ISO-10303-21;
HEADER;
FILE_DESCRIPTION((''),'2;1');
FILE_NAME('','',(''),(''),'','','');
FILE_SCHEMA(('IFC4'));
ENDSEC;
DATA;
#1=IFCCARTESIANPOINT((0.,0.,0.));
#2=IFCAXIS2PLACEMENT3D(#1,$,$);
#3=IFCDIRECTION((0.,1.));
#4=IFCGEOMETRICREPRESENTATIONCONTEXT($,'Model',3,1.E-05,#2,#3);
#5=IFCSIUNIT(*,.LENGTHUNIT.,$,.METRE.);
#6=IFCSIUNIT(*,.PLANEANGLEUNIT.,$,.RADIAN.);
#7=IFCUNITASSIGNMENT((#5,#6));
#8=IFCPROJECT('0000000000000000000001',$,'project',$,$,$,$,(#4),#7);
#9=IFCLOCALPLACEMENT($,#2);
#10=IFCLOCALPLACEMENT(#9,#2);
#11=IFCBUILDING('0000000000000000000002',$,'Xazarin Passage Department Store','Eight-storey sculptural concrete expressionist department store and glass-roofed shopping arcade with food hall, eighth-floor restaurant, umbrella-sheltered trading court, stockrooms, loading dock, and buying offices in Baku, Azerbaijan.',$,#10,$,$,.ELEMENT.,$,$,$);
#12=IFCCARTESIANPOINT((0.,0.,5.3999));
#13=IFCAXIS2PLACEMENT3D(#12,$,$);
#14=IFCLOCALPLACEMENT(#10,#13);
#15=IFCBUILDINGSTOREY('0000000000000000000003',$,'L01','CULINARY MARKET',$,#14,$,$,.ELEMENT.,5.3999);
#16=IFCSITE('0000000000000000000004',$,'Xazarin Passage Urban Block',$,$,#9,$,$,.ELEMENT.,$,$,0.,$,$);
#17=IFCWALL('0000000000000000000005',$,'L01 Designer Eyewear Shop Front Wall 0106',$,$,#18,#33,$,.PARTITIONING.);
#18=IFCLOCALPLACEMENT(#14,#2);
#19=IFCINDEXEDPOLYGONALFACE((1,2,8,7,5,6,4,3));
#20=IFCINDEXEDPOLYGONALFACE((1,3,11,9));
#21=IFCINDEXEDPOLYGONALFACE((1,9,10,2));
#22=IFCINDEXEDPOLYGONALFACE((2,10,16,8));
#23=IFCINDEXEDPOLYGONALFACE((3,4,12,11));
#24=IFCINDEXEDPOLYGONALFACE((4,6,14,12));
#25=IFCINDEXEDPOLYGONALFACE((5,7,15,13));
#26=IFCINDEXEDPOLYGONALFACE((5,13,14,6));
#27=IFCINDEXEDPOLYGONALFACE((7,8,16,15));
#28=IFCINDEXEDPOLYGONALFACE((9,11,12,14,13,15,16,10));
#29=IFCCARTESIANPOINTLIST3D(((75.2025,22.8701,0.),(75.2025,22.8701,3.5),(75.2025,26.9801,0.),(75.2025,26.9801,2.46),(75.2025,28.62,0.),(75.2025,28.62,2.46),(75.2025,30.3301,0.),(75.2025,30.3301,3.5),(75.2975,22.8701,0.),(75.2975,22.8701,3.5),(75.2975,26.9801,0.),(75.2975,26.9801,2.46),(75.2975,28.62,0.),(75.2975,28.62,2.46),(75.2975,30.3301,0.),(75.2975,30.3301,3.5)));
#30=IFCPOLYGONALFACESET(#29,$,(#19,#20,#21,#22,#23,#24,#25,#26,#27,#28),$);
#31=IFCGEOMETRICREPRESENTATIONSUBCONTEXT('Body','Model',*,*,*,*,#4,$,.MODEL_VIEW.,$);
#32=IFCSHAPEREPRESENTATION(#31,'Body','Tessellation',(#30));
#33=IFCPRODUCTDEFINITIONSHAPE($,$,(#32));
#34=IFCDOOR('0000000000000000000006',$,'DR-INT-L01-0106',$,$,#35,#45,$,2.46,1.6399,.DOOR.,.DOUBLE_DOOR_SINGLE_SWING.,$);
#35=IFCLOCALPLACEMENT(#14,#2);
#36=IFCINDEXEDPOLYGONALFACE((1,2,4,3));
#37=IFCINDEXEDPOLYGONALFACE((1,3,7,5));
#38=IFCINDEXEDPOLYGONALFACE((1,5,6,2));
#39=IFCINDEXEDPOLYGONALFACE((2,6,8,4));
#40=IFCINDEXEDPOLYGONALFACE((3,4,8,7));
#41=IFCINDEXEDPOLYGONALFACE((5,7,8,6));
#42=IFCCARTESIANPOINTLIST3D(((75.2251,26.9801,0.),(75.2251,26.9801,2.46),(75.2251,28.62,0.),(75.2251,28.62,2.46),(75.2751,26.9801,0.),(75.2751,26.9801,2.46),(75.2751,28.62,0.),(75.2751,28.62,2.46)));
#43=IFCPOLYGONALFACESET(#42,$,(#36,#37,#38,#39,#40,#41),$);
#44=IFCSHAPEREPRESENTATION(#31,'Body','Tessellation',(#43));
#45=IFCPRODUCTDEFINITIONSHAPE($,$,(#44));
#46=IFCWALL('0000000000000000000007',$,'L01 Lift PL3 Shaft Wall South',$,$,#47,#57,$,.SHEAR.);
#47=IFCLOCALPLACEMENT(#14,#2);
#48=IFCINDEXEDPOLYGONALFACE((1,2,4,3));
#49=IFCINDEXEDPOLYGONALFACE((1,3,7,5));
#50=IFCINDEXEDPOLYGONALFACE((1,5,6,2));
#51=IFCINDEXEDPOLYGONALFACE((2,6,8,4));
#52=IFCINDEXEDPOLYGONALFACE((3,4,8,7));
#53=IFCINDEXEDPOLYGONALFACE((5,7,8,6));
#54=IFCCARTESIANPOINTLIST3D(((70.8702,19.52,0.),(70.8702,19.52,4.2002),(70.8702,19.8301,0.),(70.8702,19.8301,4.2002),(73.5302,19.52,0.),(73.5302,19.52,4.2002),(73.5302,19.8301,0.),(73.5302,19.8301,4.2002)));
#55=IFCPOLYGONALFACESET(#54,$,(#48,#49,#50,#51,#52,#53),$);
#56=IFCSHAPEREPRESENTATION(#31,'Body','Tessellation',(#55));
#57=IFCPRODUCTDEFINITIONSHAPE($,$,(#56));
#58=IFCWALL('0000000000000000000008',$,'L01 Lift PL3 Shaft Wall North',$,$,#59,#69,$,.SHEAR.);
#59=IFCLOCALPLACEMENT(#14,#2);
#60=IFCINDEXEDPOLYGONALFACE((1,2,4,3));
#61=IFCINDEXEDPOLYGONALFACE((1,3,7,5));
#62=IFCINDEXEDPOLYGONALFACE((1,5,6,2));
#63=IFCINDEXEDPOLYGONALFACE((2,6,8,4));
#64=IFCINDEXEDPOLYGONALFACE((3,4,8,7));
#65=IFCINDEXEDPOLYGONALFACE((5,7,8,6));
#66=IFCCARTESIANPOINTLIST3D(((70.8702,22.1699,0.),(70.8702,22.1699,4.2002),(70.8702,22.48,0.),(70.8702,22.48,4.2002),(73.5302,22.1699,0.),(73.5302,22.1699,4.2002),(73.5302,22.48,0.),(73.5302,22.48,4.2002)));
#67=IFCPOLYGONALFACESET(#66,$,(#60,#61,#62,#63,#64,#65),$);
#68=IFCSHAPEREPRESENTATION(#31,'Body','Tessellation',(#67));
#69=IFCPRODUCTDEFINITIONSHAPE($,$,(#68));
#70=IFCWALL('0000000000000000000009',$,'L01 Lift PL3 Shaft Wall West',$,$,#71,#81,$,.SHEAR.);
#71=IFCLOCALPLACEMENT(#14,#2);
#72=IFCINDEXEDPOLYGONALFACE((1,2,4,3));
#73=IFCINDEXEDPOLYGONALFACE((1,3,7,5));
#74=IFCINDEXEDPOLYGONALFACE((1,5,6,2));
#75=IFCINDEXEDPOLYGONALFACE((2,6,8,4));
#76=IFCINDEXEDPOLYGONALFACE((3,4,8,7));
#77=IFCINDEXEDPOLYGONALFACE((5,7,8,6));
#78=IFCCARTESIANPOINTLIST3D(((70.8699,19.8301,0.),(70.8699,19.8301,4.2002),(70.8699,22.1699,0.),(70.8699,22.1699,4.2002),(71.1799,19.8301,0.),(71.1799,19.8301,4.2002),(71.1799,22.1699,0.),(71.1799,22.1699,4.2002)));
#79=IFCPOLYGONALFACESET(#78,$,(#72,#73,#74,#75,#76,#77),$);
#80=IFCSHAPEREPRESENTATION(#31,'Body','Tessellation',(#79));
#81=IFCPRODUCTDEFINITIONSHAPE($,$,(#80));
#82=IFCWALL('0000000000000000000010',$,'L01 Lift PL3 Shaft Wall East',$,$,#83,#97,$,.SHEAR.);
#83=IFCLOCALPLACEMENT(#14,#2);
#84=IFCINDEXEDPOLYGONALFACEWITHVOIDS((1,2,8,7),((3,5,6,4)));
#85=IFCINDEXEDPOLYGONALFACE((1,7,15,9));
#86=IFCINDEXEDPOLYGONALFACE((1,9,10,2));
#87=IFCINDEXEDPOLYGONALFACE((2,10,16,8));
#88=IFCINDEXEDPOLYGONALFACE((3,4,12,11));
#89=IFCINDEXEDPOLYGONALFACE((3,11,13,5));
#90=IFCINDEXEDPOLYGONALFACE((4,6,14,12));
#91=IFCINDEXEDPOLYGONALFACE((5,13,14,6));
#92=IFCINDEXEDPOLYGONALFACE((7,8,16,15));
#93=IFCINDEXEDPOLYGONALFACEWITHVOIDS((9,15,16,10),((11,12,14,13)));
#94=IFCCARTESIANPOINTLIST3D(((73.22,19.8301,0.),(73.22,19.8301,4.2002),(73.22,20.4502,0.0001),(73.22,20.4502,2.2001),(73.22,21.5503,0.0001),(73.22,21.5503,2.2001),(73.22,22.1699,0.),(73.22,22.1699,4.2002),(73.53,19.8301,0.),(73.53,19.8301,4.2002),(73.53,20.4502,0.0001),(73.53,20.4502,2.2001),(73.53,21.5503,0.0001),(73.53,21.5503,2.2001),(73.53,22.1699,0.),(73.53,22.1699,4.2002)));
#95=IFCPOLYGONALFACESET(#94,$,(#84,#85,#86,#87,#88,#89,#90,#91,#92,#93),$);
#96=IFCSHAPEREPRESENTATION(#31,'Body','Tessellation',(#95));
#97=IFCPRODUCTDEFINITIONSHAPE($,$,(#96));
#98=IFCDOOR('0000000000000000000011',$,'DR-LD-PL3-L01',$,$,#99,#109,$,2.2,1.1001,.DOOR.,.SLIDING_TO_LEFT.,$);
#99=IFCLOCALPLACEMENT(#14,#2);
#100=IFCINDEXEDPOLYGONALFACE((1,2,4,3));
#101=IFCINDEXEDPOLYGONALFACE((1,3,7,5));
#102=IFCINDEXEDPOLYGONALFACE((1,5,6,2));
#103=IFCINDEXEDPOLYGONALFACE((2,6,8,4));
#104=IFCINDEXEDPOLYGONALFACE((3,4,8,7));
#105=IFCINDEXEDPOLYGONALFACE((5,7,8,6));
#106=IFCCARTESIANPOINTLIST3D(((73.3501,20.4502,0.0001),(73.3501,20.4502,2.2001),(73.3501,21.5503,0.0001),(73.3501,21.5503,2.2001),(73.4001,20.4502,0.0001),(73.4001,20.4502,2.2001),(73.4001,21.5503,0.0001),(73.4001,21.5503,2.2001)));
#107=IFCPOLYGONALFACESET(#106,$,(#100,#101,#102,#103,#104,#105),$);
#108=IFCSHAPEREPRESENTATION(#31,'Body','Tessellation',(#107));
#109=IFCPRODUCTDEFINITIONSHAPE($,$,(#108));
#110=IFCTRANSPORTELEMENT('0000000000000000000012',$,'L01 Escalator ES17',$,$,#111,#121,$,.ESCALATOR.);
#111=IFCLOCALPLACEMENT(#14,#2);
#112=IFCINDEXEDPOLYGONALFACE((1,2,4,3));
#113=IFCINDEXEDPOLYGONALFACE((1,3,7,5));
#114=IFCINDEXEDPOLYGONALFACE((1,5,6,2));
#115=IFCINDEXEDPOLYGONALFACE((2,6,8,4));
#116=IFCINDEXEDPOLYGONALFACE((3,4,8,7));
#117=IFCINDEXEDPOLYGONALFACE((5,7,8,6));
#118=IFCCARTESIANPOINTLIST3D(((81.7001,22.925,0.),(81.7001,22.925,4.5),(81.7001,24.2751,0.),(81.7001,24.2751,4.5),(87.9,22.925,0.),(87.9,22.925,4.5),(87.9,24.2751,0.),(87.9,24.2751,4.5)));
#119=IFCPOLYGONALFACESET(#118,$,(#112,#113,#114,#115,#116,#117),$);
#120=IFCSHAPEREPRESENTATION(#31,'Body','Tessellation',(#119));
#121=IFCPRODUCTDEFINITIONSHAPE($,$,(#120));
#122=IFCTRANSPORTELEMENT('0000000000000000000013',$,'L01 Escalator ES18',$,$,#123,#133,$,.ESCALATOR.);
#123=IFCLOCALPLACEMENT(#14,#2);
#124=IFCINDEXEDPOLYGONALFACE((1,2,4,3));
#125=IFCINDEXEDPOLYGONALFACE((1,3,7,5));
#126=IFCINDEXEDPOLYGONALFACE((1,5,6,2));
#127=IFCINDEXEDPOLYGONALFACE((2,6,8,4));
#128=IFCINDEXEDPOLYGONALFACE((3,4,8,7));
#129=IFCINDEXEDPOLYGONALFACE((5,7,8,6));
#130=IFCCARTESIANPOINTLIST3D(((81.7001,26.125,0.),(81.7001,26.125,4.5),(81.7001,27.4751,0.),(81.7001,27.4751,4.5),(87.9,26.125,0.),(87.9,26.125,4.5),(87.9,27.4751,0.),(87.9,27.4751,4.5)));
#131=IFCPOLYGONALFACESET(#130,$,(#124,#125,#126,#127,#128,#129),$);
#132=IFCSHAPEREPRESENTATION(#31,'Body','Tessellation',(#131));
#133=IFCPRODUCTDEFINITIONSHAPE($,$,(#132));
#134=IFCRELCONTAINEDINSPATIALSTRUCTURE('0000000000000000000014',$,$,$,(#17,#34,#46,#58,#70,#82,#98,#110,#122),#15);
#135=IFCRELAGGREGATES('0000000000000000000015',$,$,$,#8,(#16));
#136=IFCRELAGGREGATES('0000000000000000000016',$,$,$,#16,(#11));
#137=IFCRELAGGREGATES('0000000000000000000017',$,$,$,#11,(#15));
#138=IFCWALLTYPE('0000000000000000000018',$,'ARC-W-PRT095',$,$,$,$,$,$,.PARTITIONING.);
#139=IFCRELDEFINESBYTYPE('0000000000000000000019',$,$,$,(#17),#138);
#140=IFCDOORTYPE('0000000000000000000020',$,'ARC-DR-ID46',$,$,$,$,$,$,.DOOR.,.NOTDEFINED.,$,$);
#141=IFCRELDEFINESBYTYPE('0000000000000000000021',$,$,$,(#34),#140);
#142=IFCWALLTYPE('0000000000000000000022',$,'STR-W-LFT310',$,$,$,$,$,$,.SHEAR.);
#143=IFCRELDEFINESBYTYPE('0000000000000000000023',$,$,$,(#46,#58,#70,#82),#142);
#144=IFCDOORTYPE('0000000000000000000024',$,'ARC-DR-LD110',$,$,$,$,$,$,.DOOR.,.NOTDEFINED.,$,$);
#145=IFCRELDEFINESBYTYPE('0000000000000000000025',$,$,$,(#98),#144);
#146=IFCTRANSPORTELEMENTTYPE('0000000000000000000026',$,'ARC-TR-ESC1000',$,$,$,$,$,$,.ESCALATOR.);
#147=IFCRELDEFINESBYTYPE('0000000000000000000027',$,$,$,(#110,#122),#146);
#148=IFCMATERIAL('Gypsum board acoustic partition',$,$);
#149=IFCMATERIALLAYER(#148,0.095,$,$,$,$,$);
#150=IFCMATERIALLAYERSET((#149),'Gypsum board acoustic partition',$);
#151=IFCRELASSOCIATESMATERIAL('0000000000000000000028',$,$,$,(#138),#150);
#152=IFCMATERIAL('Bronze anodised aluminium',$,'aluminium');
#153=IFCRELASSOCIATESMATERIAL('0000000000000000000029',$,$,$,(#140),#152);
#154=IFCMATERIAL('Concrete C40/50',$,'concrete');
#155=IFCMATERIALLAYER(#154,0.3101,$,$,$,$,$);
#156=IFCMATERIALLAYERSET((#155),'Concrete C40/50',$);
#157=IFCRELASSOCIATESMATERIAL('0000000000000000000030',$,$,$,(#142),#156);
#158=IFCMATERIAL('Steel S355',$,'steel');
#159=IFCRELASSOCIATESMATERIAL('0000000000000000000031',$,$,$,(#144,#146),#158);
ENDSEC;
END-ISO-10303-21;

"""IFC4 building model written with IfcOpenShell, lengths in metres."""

from ifc_helpers import new_model, si_unit, direction, frame, frame_2d, origin, origin_2d, place, context, subcontext, project, spatial, rectangle, extrude, material, layer, layer_set, type_object, element, fill, save


model = new_model("IFC4")

# Units and contexts
model_context = context("Model", 3, precision=1e-05, world=origin(), true_north=direction((0.0, 1.0)))
body_context = subcontext(model_context, "Body", "Model", "MODEL_VIEW")
ifc_project = project(units=[si_unit("LENGTHUNIT", "METRE"), si_unit("PLANEANGLEUNIT", "RADIAN")], contexts=[model_context])

# Site, building, storey
site_placement = place(None, origin())
site = spatial("IfcSite", under=ifc_project, at=site_placement, Name="Xazarin Passage Urban Block", CompositionType="ELEMENT", RefElevation=0.0)
building_placement = place(site_placement, origin())
building = spatial("IfcBuilding", under=site, at=building_placement, Name="Xazarin Passage Department Store", Description="Eight-storey sculptural concrete expressionist department store and glass-roofed shopping arcade with food hall, eighth-floor restaurant, umbrella-sheltered trading court, stockrooms, loading dock, and buying offices in Baku, Azerbaijan.", CompositionType="ELEMENT")
storey_placement = place(building_placement, frame((0.0, 0.0, 5.3999)))
storey = spatial("IfcBuildingStorey", under=building, at=storey_placement, Name="L01", Description="CULINARY MARKET", CompositionType="ELEMENT", Elevation=5.3999)

# Shared definitions
ifc_material_1 = material(Name="Concrete C40/50", Category="concrete")

# Wall, opening, door
ifc_material_2 = material(Name="Gypsum board acoustic partition")
ifc_layer_1 = layer(ifc_material_2, 0.095)
ifc_layer_set_1 = layer_set([ifc_layer_1], Name="Gypsum board acoustic partition")
wall_type_1 = type_object("IfcWallType", Name="ARC-W-PRT095", PredefinedType="PARTITIONING", material=ifc_layer_set_1)
wall_1_placement = place(storey_placement, frame((75.25, 22.8701, 0.0), z_axis=(0.0, 0.0, 1.0), x_axis=(0.0, 1.0, 0.0)))
wall_1 = element("IfcWall", 1, at=wall_1_placement, inside=storey, type_object=wall_type_1, Name="L01 Designer Eyewear Shop Front Wall 0106", PredefinedType="PARTITIONING", context=body_context, shape_type="SweptSolid", body=[
    extrude(rectangle(XDim=7.46, YDim=0.095, at=frame_2d((3.73, 0.0))), origin(), (0.0, 0.0, 1.0), 3.5),
])
opening_1_placement = place(wall_1_placement, frame((4.1101, 0.0, 0.0)))
opening_1 = element("IfcOpeningElement", 2, at=opening_1_placement, cuts=wall_1, PredefinedType="OPENING", context=body_context, shape_type="SweptSolid", body=[
    extrude(rectangle(XDim=1.6399, YDim=2.46, at=frame_2d((0.8198, 1.23))), frame((0.0, 0.0574, 0.0), z_axis=(0.0, -1.0, 0.0), x_axis=(1.0, 0.0, 0.0)), (0.0, 0.0, 1.0), 0.115),
])
ifc_material_3 = material(Name="Bronze anodised aluminium", Category="aluminium")
door_type_1 = type_object("IfcDoorType", Name="ARC-DR-ID46", OperationType="NOTDEFINED", PredefinedType="DOOR", material=ifc_material_3)
door_1_placement = place(opening_1_placement, origin())
door_1 = element("IfcDoor", 3, at=door_1_placement, inside=storey, type_object=door_type_1, Name="DR-INT-L01-0106", OperationType="DOUBLE_DOOR_SINGLE_SWING", OverallHeight=2.46, OverallWidth=1.6399, PredefinedType="DOOR", context=body_context, shape_type="SweptSolid", body=[
    extrude(rectangle(XDim=1.6399, YDim=2.46, at=frame_2d((0.8198, 1.23))), frame((0.0, 0.0249, 0.0), z_axis=(0.0, -1.0, 0.0), x_axis=(1.0, 0.0, 0.0)), (0.0, 0.0, 1.0), 0.05),
])
fill(opening_1, door_1)

# Walls
ifc_layer_2 = layer(ifc_material_1, 0.3101)
ifc_layer_set_2 = layer_set([ifc_layer_2], Name="Concrete C40/50")
wall_type_2 = type_object("IfcWallType", Name="STR-W-LFT310", PredefinedType="SHEAR", material=ifc_layer_set_2)
for number, where, z_axis, x_axis, name in (
    (4, (70.8701, 19.675, 0.0), (0.0, 0.0, 1.0), (1.0, 0.0, 0.0), "L01 Lift PL3 Shaft Wall South"),
    (5, (70.8701, 22.325, 0.0), (0.0, 0.0, 1.0), (1.0, 0.0, 0.0), "L01 Lift PL3 Shaft Wall North"),
):
    element("IfcWall", number, at=place(storey_placement, frame(where, z_axis=z_axis, x_axis=x_axis)), inside=storey, type_object=wall_type_2, Name=name, PredefinedType="SHEAR", context=body_context, shape_type="SweptSolid", body=[
        extrude(rectangle(XDim=2.6599, YDim=0.3101, at=frame_2d((1.3301, 0.0))), origin(), (0.0, 0.0, 1.0), 4.2002),
    ])
wall_2_placement = place(storey_placement, frame((71.0249, 19.8301, 0.0), z_axis=(0.0, 0.0, 1.0), x_axis=(0.0, 1.0, 0.0)))
element("IfcWall", 6, at=wall_2_placement, inside=storey, type_object=wall_type_2, Name="L01 Lift PL3 Shaft Wall West", PredefinedType="SHEAR", context=body_context, shape_type="SweptSolid", body=[
    extrude(rectangle(XDim=2.3398, YDim=0.3101, at=frame_2d((1.1699, 0.0))), origin(), (0.0, 0.0, 1.0), 4.2002),
])

# Wall, opening, door
wall_3_placement = place(storey_placement, frame((73.375, 19.8301, 0.0), z_axis=(0.0, 0.0, 1.0), x_axis=(0.0, 1.0, 0.0)))
wall_3 = element("IfcWall", 7, at=wall_3_placement, inside=storey, type_object=wall_type_2, Name="L01 Lift PL3 Shaft Wall East", PredefinedType="SHEAR", context=body_context, shape_type="SweptSolid", body=[
    extrude(rectangle(XDim=2.3398, YDim=0.3101, at=frame_2d((1.1699, 0.0))), origin(), (0.0, 0.0, 1.0), 4.2002),
])
opening_2_placement = place(wall_3_placement, frame((0.6201, 0.0, 0.0)))
opening_2 = element("IfcOpeningElement", 8, at=opening_2_placement, cuts=wall_3, PredefinedType="OPENING", context=body_context, shape_type="SweptSolid", body=[
    extrude(rectangle(XDim=1.1001, YDim=2.2, at=frame_2d((0.55, 1.1001))), frame((0.0, 0.165, 0.0), z_axis=(0.0, -1.0, 0.0), x_axis=(1.0, 0.0, 0.0)), (0.0, 0.0, 1.0), 0.3301),
])
ifc_material_4 = material(Name="Steel S355", Category="steel")
door_type_2 = type_object("IfcDoorType", Name="ARC-DR-LD110", OperationType="NOTDEFINED", PredefinedType="DOOR", material=ifc_material_4)
door_2_placement = place(opening_2_placement, origin())
door_2 = element("IfcDoor", 9, at=door_2_placement, inside=storey, type_object=door_type_2, Name="DR-LD-PL3-L01", OperationType="SLIDING_TO_LEFT", OverallHeight=2.2, OverallWidth=1.1001, PredefinedType="DOOR", context=body_context, shape_type="SweptSolid", body=[
    extrude(rectangle(XDim=1.1001, YDim=2.2, at=frame_2d((0.55, 1.1001))), frame((0.0, 0.0249, 0.0), z_axis=(0.0, -1.0, 0.0), x_axis=(1.0, 0.0, 0.0)), (0.0, 0.0, 1.0), 0.05),
])
fill(opening_2, door_2)

# Transport elements
transport_element_type = type_object("IfcTransportElementType", Name="ARC-TR-ESC1000", PredefinedType="ESCALATOR", material=ifc_material_4)
for number, where, z_axis, x_axis, name in (
    (10, (84.8, 23.6001, 0.0), (0.0, 0.0, 1.0), (1.0, 0.0, 0.0), "L01 Escalator ES17"),
    (11, (84.8, 26.8, 0.0), (0.0, 0.0, 1.0), (1.0, 0.0, 0.0), "L01 Escalator ES18"),
):
    element("IfcTransportElement", number, at=place(storey_placement, frame(where, z_axis=z_axis, x_axis=x_axis)), inside=storey, type_object=transport_element_type, Name=name, PredefinedType="ESCALATOR", context=body_context, shape_type="SweptSolid", body=[
        extrude(rectangle(XDim=6.2, YDim=1.3501, at=origin_2d()), origin(), (0.0, 0.0, 1.0), 4.5),
    ])

save(model, "model.ifc")
